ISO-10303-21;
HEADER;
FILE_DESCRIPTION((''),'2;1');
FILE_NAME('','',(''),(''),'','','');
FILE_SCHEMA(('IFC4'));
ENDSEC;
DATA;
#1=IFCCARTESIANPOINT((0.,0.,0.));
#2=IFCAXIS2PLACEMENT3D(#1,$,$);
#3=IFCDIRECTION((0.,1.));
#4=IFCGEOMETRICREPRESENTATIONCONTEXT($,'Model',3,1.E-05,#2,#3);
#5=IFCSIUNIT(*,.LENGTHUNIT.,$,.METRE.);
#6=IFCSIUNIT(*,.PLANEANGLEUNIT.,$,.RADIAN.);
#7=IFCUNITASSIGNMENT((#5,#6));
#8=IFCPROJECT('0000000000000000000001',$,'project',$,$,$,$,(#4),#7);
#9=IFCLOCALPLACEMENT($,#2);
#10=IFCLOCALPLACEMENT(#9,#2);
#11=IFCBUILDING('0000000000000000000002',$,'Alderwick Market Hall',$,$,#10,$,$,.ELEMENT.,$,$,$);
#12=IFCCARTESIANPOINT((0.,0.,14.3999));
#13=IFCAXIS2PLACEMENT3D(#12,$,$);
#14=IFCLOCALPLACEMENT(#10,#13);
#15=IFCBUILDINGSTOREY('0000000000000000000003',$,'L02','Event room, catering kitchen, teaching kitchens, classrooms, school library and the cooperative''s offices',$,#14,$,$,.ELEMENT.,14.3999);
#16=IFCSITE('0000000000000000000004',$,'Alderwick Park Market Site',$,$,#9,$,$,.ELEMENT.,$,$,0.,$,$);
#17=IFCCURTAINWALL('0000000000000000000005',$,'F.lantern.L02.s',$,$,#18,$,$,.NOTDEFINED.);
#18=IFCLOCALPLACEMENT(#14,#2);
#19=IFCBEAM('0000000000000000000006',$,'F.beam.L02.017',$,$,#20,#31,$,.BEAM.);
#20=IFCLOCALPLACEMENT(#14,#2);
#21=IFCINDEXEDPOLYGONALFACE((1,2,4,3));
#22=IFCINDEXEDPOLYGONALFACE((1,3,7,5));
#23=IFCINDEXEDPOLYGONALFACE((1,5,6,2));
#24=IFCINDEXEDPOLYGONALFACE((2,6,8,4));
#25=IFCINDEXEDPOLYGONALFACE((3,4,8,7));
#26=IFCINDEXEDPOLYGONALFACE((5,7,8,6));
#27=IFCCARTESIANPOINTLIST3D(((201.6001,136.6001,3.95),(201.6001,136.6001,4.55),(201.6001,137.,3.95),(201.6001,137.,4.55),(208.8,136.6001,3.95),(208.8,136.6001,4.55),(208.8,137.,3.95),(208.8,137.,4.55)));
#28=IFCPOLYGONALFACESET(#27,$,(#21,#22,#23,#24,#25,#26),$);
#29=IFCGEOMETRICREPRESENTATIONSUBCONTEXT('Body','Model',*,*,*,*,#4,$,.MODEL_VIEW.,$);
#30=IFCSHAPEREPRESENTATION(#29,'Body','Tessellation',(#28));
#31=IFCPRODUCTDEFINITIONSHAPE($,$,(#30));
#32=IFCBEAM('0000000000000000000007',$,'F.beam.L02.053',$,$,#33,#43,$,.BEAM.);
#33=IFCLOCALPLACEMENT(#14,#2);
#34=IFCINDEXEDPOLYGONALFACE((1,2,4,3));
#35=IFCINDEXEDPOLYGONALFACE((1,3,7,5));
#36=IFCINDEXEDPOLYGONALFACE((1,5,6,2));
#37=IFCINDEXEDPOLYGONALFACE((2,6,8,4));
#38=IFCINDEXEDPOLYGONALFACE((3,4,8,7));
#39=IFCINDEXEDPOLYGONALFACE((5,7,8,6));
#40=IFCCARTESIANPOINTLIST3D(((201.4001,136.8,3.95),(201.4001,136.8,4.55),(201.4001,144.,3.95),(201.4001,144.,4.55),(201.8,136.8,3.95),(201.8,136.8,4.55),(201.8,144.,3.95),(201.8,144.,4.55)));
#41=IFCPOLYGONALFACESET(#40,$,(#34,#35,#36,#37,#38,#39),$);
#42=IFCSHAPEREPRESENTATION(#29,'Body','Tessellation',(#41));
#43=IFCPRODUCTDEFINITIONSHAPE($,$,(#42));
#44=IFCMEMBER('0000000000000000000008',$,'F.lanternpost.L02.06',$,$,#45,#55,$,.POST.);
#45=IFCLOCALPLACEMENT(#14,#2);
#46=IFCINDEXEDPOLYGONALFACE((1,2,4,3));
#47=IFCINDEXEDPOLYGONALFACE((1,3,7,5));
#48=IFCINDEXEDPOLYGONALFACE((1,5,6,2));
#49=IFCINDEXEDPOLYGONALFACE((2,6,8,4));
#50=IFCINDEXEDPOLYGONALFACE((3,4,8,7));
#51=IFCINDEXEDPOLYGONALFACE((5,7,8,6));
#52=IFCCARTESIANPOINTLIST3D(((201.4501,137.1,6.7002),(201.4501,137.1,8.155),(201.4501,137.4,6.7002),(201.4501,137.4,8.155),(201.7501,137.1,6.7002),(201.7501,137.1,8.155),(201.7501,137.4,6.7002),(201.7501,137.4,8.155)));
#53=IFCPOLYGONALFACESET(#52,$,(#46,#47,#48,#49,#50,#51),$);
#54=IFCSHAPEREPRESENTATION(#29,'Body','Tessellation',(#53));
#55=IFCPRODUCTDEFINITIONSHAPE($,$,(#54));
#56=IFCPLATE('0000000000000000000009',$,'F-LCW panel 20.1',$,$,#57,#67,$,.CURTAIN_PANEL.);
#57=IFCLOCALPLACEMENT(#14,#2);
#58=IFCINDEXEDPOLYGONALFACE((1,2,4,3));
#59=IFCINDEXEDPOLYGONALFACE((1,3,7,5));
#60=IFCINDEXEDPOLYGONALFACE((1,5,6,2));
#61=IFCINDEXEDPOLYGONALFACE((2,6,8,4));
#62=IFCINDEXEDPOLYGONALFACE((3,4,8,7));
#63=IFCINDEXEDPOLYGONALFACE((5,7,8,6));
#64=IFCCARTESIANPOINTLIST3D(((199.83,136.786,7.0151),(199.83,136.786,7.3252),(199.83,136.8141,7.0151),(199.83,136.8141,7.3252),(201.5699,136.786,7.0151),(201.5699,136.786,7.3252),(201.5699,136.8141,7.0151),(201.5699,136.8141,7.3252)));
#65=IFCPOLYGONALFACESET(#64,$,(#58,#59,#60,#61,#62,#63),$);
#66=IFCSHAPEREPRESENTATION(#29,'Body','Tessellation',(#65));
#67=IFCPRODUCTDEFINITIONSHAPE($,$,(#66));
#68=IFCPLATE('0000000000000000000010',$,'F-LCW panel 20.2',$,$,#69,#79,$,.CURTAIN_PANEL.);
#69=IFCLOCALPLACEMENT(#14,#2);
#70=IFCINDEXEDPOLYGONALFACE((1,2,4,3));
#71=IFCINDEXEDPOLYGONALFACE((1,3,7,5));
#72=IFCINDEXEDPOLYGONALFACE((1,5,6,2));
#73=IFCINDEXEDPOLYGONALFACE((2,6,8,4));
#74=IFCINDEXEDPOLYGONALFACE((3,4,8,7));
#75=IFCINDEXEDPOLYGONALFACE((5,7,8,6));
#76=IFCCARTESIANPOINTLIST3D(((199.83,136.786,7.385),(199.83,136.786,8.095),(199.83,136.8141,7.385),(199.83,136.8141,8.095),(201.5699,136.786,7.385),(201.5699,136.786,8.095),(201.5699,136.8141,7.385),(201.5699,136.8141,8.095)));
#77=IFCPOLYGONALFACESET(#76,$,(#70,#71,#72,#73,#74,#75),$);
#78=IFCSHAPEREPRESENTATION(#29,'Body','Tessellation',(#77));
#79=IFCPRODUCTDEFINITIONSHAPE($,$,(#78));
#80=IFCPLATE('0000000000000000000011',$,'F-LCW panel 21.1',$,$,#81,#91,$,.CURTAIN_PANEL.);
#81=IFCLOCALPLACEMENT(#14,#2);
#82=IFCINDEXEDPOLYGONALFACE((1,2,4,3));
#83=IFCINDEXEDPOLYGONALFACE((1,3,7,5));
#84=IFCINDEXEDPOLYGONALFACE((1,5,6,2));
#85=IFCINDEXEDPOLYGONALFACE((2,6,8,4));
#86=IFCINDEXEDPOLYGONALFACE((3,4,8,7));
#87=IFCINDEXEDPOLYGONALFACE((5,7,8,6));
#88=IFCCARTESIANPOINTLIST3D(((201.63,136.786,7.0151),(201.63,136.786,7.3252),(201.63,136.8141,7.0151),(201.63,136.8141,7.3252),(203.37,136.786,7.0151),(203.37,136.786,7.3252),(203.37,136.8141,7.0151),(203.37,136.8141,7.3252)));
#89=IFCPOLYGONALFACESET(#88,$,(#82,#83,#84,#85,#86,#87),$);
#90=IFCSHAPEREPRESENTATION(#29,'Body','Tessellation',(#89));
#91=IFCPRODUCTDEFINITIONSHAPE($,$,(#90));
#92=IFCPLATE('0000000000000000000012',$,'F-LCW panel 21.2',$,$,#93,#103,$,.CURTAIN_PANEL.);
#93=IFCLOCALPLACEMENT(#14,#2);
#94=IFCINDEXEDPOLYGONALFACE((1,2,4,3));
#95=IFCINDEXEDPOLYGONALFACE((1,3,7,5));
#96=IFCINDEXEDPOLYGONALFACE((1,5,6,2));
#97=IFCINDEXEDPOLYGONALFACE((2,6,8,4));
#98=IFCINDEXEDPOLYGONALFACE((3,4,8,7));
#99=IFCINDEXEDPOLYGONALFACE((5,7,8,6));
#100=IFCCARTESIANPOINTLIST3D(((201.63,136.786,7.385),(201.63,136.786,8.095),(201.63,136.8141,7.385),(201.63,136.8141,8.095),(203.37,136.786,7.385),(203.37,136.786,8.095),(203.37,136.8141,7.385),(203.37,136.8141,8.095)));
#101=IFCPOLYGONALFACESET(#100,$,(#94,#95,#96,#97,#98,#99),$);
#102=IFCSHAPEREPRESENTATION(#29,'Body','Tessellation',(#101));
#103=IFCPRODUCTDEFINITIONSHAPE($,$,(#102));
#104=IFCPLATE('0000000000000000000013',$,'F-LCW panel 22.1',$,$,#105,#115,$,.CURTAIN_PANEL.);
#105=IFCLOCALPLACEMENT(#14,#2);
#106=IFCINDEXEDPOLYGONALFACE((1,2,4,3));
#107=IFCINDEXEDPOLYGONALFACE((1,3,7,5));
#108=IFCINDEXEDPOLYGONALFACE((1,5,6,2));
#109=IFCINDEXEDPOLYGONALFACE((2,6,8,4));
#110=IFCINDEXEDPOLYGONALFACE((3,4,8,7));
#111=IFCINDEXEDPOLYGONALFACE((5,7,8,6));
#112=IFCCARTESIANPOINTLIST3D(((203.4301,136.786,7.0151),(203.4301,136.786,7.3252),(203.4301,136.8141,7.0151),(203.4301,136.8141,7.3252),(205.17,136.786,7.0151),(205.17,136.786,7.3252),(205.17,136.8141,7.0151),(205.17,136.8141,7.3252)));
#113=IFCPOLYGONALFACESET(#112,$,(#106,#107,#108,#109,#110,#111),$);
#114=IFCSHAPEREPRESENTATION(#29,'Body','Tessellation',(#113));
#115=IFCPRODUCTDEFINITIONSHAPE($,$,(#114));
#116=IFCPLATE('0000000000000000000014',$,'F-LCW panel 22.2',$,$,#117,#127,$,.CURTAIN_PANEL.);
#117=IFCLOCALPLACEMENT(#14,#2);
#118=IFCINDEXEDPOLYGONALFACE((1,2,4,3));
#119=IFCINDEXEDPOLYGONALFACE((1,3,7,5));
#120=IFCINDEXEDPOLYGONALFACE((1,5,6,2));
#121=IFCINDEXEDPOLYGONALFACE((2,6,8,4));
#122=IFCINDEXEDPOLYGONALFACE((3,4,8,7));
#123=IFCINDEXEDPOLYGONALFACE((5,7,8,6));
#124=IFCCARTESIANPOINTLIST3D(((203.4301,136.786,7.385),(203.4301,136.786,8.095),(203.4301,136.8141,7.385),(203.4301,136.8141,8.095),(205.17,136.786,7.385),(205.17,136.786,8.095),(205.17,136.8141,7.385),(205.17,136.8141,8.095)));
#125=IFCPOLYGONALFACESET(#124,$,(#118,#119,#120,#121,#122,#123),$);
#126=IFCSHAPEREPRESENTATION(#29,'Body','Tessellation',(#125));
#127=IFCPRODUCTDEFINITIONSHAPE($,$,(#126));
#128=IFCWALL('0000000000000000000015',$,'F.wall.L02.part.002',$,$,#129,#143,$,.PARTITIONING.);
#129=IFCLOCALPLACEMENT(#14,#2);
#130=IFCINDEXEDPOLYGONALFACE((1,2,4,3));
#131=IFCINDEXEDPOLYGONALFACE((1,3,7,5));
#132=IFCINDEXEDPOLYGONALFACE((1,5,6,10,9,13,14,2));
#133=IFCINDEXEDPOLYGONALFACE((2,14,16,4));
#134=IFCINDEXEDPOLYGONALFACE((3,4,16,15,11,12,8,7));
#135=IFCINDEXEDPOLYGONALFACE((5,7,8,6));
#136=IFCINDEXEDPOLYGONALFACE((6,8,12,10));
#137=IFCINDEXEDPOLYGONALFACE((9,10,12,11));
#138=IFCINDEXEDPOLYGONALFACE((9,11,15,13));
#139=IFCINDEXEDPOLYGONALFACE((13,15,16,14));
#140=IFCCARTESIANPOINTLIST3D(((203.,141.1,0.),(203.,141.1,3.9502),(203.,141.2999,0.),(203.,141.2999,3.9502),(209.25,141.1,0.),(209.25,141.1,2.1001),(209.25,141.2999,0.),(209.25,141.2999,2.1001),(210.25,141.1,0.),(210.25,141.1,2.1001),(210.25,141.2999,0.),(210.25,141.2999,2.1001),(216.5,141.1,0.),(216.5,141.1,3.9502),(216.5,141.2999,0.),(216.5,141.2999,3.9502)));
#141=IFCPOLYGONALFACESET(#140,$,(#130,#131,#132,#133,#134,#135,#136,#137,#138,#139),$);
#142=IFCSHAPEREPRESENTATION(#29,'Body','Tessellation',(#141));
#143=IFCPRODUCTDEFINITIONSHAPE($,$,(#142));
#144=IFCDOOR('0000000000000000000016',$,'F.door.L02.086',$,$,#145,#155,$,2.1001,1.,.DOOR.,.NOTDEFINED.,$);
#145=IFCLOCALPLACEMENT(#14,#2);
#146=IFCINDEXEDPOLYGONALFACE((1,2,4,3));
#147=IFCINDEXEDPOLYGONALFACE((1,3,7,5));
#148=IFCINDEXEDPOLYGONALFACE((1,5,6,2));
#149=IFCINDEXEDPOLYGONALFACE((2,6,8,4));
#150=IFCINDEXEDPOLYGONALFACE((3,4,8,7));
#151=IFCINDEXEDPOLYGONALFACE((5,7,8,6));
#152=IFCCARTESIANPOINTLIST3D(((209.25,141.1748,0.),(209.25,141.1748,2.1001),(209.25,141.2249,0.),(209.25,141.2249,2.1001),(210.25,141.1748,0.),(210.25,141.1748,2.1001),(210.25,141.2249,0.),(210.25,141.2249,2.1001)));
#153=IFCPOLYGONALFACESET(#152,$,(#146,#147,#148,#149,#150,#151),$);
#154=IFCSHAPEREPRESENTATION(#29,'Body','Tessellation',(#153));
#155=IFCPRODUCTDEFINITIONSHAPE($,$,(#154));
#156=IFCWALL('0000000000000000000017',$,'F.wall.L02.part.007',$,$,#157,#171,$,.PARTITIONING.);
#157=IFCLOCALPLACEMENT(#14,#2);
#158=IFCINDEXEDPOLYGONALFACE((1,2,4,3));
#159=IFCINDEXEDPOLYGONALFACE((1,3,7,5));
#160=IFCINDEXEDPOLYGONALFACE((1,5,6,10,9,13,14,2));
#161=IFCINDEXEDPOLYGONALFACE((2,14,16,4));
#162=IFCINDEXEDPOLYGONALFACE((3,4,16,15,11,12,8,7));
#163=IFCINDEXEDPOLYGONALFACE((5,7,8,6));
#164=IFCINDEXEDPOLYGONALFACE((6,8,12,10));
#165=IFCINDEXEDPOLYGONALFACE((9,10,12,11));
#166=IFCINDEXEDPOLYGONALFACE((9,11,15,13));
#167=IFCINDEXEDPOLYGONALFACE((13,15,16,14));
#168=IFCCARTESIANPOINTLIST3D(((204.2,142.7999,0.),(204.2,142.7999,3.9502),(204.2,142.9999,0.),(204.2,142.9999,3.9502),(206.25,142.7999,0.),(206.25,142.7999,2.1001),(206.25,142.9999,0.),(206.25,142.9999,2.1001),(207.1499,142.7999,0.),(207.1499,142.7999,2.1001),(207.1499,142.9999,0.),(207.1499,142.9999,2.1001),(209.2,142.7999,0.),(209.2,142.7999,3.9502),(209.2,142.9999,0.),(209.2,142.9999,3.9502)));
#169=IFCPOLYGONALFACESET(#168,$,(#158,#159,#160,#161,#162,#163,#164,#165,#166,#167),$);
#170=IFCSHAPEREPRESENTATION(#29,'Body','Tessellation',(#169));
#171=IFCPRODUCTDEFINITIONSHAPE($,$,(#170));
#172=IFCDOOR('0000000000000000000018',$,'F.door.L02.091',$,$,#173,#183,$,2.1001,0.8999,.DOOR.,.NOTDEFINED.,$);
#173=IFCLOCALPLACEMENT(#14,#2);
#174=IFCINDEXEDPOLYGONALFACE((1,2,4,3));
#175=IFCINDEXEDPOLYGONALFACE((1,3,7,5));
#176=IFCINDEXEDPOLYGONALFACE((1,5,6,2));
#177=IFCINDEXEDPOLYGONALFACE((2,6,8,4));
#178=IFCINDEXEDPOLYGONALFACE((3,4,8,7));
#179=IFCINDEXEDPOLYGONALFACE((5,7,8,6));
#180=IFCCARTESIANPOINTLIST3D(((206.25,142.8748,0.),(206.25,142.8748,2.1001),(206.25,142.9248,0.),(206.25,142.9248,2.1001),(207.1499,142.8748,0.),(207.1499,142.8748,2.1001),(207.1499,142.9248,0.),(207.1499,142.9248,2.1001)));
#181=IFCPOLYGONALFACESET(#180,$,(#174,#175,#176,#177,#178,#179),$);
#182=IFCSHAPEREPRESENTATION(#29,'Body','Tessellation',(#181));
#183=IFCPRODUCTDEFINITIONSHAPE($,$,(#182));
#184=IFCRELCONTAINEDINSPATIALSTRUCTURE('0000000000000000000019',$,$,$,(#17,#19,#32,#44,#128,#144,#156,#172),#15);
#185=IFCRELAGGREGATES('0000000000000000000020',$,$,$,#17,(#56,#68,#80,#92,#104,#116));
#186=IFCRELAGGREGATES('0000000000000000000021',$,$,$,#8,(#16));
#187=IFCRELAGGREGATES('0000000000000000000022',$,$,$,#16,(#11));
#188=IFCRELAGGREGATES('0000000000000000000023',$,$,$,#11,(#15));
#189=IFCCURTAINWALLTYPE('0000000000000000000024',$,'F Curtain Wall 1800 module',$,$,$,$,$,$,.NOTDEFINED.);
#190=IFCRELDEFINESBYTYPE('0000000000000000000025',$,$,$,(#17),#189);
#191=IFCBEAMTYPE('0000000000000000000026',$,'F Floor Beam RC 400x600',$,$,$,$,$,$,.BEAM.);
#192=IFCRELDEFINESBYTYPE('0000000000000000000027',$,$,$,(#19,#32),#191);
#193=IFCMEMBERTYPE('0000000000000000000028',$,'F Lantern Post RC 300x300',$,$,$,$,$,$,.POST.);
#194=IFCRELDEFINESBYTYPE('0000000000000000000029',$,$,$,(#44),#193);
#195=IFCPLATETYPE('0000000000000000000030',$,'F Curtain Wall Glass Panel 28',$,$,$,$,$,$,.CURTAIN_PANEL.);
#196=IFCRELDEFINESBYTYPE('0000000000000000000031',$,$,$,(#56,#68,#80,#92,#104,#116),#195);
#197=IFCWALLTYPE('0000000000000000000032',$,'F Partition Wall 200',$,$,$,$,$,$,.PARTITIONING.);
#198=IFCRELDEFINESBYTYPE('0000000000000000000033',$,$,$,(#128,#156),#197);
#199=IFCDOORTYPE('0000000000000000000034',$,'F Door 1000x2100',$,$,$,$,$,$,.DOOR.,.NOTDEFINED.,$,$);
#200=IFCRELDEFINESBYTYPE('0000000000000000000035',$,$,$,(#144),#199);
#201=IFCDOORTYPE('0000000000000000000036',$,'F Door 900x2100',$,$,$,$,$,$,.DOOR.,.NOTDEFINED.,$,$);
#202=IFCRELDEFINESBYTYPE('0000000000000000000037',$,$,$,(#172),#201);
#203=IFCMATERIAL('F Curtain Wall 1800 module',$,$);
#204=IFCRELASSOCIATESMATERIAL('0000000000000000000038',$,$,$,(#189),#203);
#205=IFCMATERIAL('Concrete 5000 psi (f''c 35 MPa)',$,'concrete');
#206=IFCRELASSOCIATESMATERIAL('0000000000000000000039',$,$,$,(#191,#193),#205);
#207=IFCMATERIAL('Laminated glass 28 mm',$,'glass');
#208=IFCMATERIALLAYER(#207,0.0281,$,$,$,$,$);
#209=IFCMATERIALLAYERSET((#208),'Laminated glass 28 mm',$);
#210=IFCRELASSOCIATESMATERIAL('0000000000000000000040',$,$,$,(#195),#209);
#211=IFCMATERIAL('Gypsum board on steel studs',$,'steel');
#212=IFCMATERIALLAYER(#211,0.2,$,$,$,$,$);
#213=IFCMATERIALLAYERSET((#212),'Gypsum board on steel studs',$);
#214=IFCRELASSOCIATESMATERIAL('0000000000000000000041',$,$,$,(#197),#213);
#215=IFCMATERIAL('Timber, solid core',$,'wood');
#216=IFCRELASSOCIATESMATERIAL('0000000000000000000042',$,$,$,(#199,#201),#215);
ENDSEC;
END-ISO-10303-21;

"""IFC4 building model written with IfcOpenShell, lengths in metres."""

from ifc_helpers import new_model, si_unit, direction, frame, frame_2d, origin, origin_2d, place, context, subcontext, project, spatial, rectangle, extrude, material, layer, layer_set, material_profile, profile_set, type_object, element, fill, aggregate, save


model = new_model("IFC4")

# Units and contexts
model_context = context("Model", 3, precision=1e-05, world=origin(), true_north=direction((0.0, 1.0)))
body_context = subcontext(model_context, "Body", "Model", "MODEL_VIEW")
ifc_project = project(units=[si_unit("LENGTHUNIT", "METRE"), si_unit("PLANEANGLEUNIT", "RADIAN")], contexts=[model_context])

# Site, building, storey
site_placement = place(None, origin())
site = spatial("IfcSite", under=ifc_project, at=site_placement, Name="Alderwick Park Market Site", CompositionType="ELEMENT", RefElevation=0.0)
building_placement = place(site_placement, origin())
building = spatial("IfcBuilding", under=site, at=building_placement, Name="Alderwick Market Hall", CompositionType="ELEMENT")
storey_placement = place(building_placement, frame((0.0, 0.0, 14.3999)))
storey = spatial("IfcBuildingStorey", under=building, at=storey_placement, Name="L02", Description="Event room, catering kitchen, teaching kitchens, classrooms, school library and the cooperative's offices", CompositionType="ELEMENT", Elevation=14.3999)

# Shared definitions
ifc_material_1 = material(Name="Concrete 5000 psi (f'c 35 MPa)", Category="concrete")

# Curtain wall
ifc_material_2 = material(Name="F Curtain Wall 1800 module")
curtain_wall_type = type_object("IfcCurtainWallType", Name="F Curtain Wall 1800 module", PredefinedType="NOTDEFINED", material=ifc_material_2)
curtain_wall_placement = place(storey_placement, origin())
curtain_wall = element("IfcCurtainWall", 1, at=curtain_wall_placement, inside=storey, type_object=curtain_wall_type, Name="F.lantern.L02.s", PredefinedType="NOTDEFINED")

# Beams
ifc_material_profile_1 = material_profile(ifc_material_1, rectangle(XDim=0.3999, YDim=0.6001, at=origin_2d()), Name="RC 400x600")
ifc_profile_set_1 = profile_set([ifc_material_profile_1], Name="Concrete 5000 psi (f'c 35 MPa)")
beam_type = type_object("IfcBeamType", Name="F Floor Beam RC 400x600", PredefinedType="BEAM", material=ifc_profile_set_1)
for number, where, z_axis, x_axis, name in (
    (2, (201.6001, 136.8, 4.25), (1.0, 0.0, 0.0), (0.0, 1.0, 0.0), "F.beam.L02.017"),
    (3, (201.6001, 136.8, 4.25), (0.0, 1.0, 0.0), (-1.0, 0.0, 0.0), "F.beam.L02.053"),
):
    element("IfcBeam", number, at=place(storey_placement, frame(where, z_axis=z_axis, x_axis=x_axis)), inside=storey, type_object=beam_type, Name=name, PredefinedType="BEAM", context=body_context, shape_type="SweptSolid", body=[
        extrude(rectangle(XDim=0.3999, YDim=0.6001, at=origin_2d()), origin(), (0.0, 0.0, 1.0), 7.2),
    ])

# Member
ifc_material_profile_2 = material_profile(ifc_material_1, rectangle(XDim=0.3, YDim=0.3, at=origin_2d()), Name="RC 300x300")
ifc_profile_set_2 = profile_set([ifc_material_profile_2], Name="Concrete 5000 psi (f'c 35 MPa)")
member_type_1 = type_object("IfcMemberType", Name="F Lantern Post RC 300x300", PredefinedType="POST", material=ifc_profile_set_2)
member_1_placement = place(storey_placement, frame((201.6001, 137.25, 6.7002), z_axis=(0.0, 0.0, 1.0), x_axis=(1.0, 0.0, 0.0)))
element("IfcMember", 4, at=member_1_placement, inside=storey, type_object=member_type_1, Name="F.lanternpost.L02.06", PredefinedType="POST", context=body_context, shape_type="SweptSolid", body=[
    extrude(rectangle(XDim=0.3, YDim=0.3, at=origin_2d()), origin(), (0.0, 0.0, 1.0), 1.4548),
])

# Plates
ifc_material_3 = material(Name="Laminated glass 28 mm", Category="glass")
ifc_layer_1 = layer(ifc_material_3, 0.0281)
ifc_layer_set_1 = layer_set([ifc_layer_1], Name="Laminated glass 28 mm")
plate_type = type_object("IfcPlateType", Name="F Curtain Wall Glass Panel 28", PredefinedType="CURTAIN_PANEL", material=ifc_layer_set_1)
plate_1_placement = place(storey_placement, frame((200.7, 136.8, 7.0151), z_axis=(0.0, 0.0, 1.0), x_axis=(1.0, 0.0, 0.0)))
plate_1 = element("IfcPlate", 5, at=plate_1_placement, type_object=plate_type, Name="F-LCW panel 20.1", PredefinedType="CURTAIN_PANEL", context=body_context, shape_type="SweptSolid", body=[
    extrude(rectangle(XDim=1.74, YDim=0.0281, at=origin_2d()), origin(), (0.0, 0.0, 1.0), 0.3101),
])
plate_2_placement = place(storey_placement, frame((200.7, 136.8, 7.385), z_axis=(0.0, 0.0, 1.0), x_axis=(1.0, 0.0, 0.0)))
plate_2 = element("IfcPlate", 6, at=plate_2_placement, type_object=plate_type, Name="F-LCW panel 20.2", PredefinedType="CURTAIN_PANEL", context=body_context, shape_type="SweptSolid", body=[
    extrude(rectangle(XDim=1.74, YDim=0.0281, at=origin_2d()), origin(), (0.0, 0.0, 1.0), 0.71),
])
plate_3_placement = place(storey_placement, frame((202.5, 136.8, 7.0151), z_axis=(0.0, 0.0, 1.0), x_axis=(1.0, 0.0, 0.0)))
plate_3 = element("IfcPlate", 7, at=plate_3_placement, type_object=plate_type, Name="F-LCW panel 21.1", PredefinedType="CURTAIN_PANEL", context=body_context, shape_type="SweptSolid", body=[
    extrude(rectangle(XDim=1.74, YDim=0.0281, at=origin_2d()), origin(), (0.0, 0.0, 1.0), 0.3101),
])
plate_4_placement = place(storey_placement, frame((202.5, 136.8, 7.385), z_axis=(0.0, 0.0, 1.0), x_axis=(1.0, 0.0, 0.0)))
plate_4 = element("IfcPlate", 8, at=plate_4_placement, type_object=plate_type, Name="F-LCW panel 21.2", PredefinedType="CURTAIN_PANEL", context=body_context, shape_type="SweptSolid", body=[
    extrude(rectangle(XDim=1.74, YDim=0.0281, at=origin_2d()), origin(), (0.0, 0.0, 1.0), 0.71),
])
plate_5_placement = place(storey_placement, frame((204.3, 136.8, 7.0151), z_axis=(0.0, 0.0, 1.0), x_axis=(1.0, 0.0, 0.0)))
plate_5 = element("IfcPlate", 9, at=plate_5_placement, type_object=plate_type, Name="F-LCW panel 22.1", PredefinedType="CURTAIN_PANEL", context=body_context, shape_type="SweptSolid", body=[
    extrude(rectangle(XDim=1.74, YDim=0.0281, at=origin_2d()), origin(), (0.0, 0.0, 1.0), 0.3101),
])
plate_6_placement = place(storey_placement, frame((204.3, 136.8, 7.385), z_axis=(0.0, 0.0, 1.0), x_axis=(1.0, 0.0, 0.0)))
plate_6 = element("IfcPlate", 10, at=plate_6_placement, type_object=plate_type, Name="F-LCW panel 22.2", PredefinedType="CURTAIN_PANEL", context=body_context, shape_type="SweptSolid", body=[
    extrude(rectangle(XDim=1.74, YDim=0.0281, at=origin_2d()), origin(), (0.0, 0.0, 1.0), 0.71),
])
aggregate(curtain_wall, [plate_1, plate_2, plate_3, plate_4, plate_5, plate_6])

# Walls, openings, doors
ifc_material_4 = material(Name="Gypsum board on steel studs", Category="steel")
ifc_layer_2 = layer(ifc_material_4, 0.2)
ifc_layer_set_2 = layer_set([ifc_layer_2], Name="Gypsum board on steel studs")
wall_type = type_object("IfcWallType", Name="F Partition Wall 200", PredefinedType="PARTITIONING", material=ifc_layer_set_2)
wall_1_placement = place(storey_placement, frame((203.0, 141.2, 0.0), z_axis=(0.0, 0.0, 1.0), x_axis=(1.0, 0.0, 0.0)))
wall_1 = element("IfcWall", 11, at=wall_1_placement, inside=storey, type_object=wall_type, Name="F.wall.L02.part.002", PredefinedType="PARTITIONING", context=body_context, shape_type="SweptSolid", body=[
    extrude(rectangle(XDim=13.5, YDim=0.2, at=frame_2d((6.75, 0.0))), origin(), (0.0, 0.0, 1.0), 3.9502),
])
opening_1_placement = place(wall_1_placement, frame((6.25, 0.0, 0.0)))
opening_1 = element("IfcOpeningElement", 12, at=opening_1_placement, cuts=wall_1, PredefinedType="OPENING", context=body_context, shape_type="SweptSolid", body=[
    extrude(rectangle(XDim=1.0, YDim=2.1001, at=frame_2d((0.5, 1.05))), frame((0.0, 0.1099, 0.0), z_axis=(0.0, -1.0, 0.0), x_axis=(1.0, 0.0, 0.0)), (0.0, 0.0, 1.0), 0.22),
])
ifc_material_5 = material(Name="Timber, solid core", Category="wood")
door_type_1 = type_object("IfcDoorType", Name="F Door 1000x2100", OperationType="NOTDEFINED", PredefinedType="DOOR", material=ifc_material_5)
door_1_placement = place(opening_1_placement, origin())
door_1 = element("IfcDoor", 13, at=door_1_placement, inside=storey, type_object=door_type_1, Name="F.door.L02.086", OperationType="NOTDEFINED", OverallHeight=2.1001, OverallWidth=1.0, PredefinedType="DOOR", context=body_context, shape_type="SweptSolid", body=[
    extrude(rectangle(XDim=1.0, YDim=2.1001, at=frame_2d((0.5, 1.05))), frame((0.0, 0.0249, 0.0), z_axis=(0.0, -1.0, 0.0), x_axis=(1.0, 0.0, 0.0)), (0.0, 0.0, 1.0), 0.05),
])
fill(opening_1, door_1)
wall_2_placement = place(storey_placement, frame((204.2, 142.8999, 0.0), z_axis=(0.0, 0.0, 1.0), x_axis=(1.0, 0.0, 0.0)))
wall_2 = element("IfcWall", 14, at=wall_2_placement, inside=storey, type_object=wall_type, Name="F.wall.L02.part.007", PredefinedType="PARTITIONING", context=body_context, shape_type="SweptSolid", body=[
    extrude(rectangle(XDim=5.0, YDim=0.2, at=frame_2d((2.5, 0.0))), origin(), (0.0, 0.0, 1.0), 3.9502),
])
opening_2_placement = place(wall_2_placement, frame((2.05, 0.0, 0.0)))
opening_2 = element("IfcOpeningElement", 15, at=opening_2_placement, cuts=wall_2, PredefinedType="OPENING", context=body_context, shape_type="SweptSolid", body=[
    extrude(rectangle(XDim=0.8999, YDim=2.1001, at=frame_2d((0.45, 1.05))), frame((0.0, 0.1099, 0.0), z_axis=(0.0, -1.0, 0.0), x_axis=(1.0, 0.0, 0.0)), (0.0, 0.0, 1.0), 0.22),
])
door_type_2 = type_object("IfcDoorType", Name="F Door 900x2100", OperationType="NOTDEFINED", PredefinedType="DOOR", material=ifc_material_5)
door_2_placement = place(opening_2_placement, origin())
door_2 = element("IfcDoor", 16, at=door_2_placement, inside=storey, type_object=door_type_2, Name="F.door.L02.091", OperationType="NOTDEFINED", OverallHeight=2.1001, OverallWidth=0.8999, PredefinedType="DOOR", context=body_context, shape_type="SweptSolid", body=[
    extrude(rectangle(XDim=0.8999, YDim=2.1001, at=frame_2d((0.45, 1.05))), frame((0.0, 0.0249, 0.0), z_axis=(0.0, -1.0, 0.0), x_axis=(1.0, 0.0, 0.0)), (0.0, 0.0, 1.0), 0.05),
])
fill(opening_2, door_2)

save(model, "model.ifc")
